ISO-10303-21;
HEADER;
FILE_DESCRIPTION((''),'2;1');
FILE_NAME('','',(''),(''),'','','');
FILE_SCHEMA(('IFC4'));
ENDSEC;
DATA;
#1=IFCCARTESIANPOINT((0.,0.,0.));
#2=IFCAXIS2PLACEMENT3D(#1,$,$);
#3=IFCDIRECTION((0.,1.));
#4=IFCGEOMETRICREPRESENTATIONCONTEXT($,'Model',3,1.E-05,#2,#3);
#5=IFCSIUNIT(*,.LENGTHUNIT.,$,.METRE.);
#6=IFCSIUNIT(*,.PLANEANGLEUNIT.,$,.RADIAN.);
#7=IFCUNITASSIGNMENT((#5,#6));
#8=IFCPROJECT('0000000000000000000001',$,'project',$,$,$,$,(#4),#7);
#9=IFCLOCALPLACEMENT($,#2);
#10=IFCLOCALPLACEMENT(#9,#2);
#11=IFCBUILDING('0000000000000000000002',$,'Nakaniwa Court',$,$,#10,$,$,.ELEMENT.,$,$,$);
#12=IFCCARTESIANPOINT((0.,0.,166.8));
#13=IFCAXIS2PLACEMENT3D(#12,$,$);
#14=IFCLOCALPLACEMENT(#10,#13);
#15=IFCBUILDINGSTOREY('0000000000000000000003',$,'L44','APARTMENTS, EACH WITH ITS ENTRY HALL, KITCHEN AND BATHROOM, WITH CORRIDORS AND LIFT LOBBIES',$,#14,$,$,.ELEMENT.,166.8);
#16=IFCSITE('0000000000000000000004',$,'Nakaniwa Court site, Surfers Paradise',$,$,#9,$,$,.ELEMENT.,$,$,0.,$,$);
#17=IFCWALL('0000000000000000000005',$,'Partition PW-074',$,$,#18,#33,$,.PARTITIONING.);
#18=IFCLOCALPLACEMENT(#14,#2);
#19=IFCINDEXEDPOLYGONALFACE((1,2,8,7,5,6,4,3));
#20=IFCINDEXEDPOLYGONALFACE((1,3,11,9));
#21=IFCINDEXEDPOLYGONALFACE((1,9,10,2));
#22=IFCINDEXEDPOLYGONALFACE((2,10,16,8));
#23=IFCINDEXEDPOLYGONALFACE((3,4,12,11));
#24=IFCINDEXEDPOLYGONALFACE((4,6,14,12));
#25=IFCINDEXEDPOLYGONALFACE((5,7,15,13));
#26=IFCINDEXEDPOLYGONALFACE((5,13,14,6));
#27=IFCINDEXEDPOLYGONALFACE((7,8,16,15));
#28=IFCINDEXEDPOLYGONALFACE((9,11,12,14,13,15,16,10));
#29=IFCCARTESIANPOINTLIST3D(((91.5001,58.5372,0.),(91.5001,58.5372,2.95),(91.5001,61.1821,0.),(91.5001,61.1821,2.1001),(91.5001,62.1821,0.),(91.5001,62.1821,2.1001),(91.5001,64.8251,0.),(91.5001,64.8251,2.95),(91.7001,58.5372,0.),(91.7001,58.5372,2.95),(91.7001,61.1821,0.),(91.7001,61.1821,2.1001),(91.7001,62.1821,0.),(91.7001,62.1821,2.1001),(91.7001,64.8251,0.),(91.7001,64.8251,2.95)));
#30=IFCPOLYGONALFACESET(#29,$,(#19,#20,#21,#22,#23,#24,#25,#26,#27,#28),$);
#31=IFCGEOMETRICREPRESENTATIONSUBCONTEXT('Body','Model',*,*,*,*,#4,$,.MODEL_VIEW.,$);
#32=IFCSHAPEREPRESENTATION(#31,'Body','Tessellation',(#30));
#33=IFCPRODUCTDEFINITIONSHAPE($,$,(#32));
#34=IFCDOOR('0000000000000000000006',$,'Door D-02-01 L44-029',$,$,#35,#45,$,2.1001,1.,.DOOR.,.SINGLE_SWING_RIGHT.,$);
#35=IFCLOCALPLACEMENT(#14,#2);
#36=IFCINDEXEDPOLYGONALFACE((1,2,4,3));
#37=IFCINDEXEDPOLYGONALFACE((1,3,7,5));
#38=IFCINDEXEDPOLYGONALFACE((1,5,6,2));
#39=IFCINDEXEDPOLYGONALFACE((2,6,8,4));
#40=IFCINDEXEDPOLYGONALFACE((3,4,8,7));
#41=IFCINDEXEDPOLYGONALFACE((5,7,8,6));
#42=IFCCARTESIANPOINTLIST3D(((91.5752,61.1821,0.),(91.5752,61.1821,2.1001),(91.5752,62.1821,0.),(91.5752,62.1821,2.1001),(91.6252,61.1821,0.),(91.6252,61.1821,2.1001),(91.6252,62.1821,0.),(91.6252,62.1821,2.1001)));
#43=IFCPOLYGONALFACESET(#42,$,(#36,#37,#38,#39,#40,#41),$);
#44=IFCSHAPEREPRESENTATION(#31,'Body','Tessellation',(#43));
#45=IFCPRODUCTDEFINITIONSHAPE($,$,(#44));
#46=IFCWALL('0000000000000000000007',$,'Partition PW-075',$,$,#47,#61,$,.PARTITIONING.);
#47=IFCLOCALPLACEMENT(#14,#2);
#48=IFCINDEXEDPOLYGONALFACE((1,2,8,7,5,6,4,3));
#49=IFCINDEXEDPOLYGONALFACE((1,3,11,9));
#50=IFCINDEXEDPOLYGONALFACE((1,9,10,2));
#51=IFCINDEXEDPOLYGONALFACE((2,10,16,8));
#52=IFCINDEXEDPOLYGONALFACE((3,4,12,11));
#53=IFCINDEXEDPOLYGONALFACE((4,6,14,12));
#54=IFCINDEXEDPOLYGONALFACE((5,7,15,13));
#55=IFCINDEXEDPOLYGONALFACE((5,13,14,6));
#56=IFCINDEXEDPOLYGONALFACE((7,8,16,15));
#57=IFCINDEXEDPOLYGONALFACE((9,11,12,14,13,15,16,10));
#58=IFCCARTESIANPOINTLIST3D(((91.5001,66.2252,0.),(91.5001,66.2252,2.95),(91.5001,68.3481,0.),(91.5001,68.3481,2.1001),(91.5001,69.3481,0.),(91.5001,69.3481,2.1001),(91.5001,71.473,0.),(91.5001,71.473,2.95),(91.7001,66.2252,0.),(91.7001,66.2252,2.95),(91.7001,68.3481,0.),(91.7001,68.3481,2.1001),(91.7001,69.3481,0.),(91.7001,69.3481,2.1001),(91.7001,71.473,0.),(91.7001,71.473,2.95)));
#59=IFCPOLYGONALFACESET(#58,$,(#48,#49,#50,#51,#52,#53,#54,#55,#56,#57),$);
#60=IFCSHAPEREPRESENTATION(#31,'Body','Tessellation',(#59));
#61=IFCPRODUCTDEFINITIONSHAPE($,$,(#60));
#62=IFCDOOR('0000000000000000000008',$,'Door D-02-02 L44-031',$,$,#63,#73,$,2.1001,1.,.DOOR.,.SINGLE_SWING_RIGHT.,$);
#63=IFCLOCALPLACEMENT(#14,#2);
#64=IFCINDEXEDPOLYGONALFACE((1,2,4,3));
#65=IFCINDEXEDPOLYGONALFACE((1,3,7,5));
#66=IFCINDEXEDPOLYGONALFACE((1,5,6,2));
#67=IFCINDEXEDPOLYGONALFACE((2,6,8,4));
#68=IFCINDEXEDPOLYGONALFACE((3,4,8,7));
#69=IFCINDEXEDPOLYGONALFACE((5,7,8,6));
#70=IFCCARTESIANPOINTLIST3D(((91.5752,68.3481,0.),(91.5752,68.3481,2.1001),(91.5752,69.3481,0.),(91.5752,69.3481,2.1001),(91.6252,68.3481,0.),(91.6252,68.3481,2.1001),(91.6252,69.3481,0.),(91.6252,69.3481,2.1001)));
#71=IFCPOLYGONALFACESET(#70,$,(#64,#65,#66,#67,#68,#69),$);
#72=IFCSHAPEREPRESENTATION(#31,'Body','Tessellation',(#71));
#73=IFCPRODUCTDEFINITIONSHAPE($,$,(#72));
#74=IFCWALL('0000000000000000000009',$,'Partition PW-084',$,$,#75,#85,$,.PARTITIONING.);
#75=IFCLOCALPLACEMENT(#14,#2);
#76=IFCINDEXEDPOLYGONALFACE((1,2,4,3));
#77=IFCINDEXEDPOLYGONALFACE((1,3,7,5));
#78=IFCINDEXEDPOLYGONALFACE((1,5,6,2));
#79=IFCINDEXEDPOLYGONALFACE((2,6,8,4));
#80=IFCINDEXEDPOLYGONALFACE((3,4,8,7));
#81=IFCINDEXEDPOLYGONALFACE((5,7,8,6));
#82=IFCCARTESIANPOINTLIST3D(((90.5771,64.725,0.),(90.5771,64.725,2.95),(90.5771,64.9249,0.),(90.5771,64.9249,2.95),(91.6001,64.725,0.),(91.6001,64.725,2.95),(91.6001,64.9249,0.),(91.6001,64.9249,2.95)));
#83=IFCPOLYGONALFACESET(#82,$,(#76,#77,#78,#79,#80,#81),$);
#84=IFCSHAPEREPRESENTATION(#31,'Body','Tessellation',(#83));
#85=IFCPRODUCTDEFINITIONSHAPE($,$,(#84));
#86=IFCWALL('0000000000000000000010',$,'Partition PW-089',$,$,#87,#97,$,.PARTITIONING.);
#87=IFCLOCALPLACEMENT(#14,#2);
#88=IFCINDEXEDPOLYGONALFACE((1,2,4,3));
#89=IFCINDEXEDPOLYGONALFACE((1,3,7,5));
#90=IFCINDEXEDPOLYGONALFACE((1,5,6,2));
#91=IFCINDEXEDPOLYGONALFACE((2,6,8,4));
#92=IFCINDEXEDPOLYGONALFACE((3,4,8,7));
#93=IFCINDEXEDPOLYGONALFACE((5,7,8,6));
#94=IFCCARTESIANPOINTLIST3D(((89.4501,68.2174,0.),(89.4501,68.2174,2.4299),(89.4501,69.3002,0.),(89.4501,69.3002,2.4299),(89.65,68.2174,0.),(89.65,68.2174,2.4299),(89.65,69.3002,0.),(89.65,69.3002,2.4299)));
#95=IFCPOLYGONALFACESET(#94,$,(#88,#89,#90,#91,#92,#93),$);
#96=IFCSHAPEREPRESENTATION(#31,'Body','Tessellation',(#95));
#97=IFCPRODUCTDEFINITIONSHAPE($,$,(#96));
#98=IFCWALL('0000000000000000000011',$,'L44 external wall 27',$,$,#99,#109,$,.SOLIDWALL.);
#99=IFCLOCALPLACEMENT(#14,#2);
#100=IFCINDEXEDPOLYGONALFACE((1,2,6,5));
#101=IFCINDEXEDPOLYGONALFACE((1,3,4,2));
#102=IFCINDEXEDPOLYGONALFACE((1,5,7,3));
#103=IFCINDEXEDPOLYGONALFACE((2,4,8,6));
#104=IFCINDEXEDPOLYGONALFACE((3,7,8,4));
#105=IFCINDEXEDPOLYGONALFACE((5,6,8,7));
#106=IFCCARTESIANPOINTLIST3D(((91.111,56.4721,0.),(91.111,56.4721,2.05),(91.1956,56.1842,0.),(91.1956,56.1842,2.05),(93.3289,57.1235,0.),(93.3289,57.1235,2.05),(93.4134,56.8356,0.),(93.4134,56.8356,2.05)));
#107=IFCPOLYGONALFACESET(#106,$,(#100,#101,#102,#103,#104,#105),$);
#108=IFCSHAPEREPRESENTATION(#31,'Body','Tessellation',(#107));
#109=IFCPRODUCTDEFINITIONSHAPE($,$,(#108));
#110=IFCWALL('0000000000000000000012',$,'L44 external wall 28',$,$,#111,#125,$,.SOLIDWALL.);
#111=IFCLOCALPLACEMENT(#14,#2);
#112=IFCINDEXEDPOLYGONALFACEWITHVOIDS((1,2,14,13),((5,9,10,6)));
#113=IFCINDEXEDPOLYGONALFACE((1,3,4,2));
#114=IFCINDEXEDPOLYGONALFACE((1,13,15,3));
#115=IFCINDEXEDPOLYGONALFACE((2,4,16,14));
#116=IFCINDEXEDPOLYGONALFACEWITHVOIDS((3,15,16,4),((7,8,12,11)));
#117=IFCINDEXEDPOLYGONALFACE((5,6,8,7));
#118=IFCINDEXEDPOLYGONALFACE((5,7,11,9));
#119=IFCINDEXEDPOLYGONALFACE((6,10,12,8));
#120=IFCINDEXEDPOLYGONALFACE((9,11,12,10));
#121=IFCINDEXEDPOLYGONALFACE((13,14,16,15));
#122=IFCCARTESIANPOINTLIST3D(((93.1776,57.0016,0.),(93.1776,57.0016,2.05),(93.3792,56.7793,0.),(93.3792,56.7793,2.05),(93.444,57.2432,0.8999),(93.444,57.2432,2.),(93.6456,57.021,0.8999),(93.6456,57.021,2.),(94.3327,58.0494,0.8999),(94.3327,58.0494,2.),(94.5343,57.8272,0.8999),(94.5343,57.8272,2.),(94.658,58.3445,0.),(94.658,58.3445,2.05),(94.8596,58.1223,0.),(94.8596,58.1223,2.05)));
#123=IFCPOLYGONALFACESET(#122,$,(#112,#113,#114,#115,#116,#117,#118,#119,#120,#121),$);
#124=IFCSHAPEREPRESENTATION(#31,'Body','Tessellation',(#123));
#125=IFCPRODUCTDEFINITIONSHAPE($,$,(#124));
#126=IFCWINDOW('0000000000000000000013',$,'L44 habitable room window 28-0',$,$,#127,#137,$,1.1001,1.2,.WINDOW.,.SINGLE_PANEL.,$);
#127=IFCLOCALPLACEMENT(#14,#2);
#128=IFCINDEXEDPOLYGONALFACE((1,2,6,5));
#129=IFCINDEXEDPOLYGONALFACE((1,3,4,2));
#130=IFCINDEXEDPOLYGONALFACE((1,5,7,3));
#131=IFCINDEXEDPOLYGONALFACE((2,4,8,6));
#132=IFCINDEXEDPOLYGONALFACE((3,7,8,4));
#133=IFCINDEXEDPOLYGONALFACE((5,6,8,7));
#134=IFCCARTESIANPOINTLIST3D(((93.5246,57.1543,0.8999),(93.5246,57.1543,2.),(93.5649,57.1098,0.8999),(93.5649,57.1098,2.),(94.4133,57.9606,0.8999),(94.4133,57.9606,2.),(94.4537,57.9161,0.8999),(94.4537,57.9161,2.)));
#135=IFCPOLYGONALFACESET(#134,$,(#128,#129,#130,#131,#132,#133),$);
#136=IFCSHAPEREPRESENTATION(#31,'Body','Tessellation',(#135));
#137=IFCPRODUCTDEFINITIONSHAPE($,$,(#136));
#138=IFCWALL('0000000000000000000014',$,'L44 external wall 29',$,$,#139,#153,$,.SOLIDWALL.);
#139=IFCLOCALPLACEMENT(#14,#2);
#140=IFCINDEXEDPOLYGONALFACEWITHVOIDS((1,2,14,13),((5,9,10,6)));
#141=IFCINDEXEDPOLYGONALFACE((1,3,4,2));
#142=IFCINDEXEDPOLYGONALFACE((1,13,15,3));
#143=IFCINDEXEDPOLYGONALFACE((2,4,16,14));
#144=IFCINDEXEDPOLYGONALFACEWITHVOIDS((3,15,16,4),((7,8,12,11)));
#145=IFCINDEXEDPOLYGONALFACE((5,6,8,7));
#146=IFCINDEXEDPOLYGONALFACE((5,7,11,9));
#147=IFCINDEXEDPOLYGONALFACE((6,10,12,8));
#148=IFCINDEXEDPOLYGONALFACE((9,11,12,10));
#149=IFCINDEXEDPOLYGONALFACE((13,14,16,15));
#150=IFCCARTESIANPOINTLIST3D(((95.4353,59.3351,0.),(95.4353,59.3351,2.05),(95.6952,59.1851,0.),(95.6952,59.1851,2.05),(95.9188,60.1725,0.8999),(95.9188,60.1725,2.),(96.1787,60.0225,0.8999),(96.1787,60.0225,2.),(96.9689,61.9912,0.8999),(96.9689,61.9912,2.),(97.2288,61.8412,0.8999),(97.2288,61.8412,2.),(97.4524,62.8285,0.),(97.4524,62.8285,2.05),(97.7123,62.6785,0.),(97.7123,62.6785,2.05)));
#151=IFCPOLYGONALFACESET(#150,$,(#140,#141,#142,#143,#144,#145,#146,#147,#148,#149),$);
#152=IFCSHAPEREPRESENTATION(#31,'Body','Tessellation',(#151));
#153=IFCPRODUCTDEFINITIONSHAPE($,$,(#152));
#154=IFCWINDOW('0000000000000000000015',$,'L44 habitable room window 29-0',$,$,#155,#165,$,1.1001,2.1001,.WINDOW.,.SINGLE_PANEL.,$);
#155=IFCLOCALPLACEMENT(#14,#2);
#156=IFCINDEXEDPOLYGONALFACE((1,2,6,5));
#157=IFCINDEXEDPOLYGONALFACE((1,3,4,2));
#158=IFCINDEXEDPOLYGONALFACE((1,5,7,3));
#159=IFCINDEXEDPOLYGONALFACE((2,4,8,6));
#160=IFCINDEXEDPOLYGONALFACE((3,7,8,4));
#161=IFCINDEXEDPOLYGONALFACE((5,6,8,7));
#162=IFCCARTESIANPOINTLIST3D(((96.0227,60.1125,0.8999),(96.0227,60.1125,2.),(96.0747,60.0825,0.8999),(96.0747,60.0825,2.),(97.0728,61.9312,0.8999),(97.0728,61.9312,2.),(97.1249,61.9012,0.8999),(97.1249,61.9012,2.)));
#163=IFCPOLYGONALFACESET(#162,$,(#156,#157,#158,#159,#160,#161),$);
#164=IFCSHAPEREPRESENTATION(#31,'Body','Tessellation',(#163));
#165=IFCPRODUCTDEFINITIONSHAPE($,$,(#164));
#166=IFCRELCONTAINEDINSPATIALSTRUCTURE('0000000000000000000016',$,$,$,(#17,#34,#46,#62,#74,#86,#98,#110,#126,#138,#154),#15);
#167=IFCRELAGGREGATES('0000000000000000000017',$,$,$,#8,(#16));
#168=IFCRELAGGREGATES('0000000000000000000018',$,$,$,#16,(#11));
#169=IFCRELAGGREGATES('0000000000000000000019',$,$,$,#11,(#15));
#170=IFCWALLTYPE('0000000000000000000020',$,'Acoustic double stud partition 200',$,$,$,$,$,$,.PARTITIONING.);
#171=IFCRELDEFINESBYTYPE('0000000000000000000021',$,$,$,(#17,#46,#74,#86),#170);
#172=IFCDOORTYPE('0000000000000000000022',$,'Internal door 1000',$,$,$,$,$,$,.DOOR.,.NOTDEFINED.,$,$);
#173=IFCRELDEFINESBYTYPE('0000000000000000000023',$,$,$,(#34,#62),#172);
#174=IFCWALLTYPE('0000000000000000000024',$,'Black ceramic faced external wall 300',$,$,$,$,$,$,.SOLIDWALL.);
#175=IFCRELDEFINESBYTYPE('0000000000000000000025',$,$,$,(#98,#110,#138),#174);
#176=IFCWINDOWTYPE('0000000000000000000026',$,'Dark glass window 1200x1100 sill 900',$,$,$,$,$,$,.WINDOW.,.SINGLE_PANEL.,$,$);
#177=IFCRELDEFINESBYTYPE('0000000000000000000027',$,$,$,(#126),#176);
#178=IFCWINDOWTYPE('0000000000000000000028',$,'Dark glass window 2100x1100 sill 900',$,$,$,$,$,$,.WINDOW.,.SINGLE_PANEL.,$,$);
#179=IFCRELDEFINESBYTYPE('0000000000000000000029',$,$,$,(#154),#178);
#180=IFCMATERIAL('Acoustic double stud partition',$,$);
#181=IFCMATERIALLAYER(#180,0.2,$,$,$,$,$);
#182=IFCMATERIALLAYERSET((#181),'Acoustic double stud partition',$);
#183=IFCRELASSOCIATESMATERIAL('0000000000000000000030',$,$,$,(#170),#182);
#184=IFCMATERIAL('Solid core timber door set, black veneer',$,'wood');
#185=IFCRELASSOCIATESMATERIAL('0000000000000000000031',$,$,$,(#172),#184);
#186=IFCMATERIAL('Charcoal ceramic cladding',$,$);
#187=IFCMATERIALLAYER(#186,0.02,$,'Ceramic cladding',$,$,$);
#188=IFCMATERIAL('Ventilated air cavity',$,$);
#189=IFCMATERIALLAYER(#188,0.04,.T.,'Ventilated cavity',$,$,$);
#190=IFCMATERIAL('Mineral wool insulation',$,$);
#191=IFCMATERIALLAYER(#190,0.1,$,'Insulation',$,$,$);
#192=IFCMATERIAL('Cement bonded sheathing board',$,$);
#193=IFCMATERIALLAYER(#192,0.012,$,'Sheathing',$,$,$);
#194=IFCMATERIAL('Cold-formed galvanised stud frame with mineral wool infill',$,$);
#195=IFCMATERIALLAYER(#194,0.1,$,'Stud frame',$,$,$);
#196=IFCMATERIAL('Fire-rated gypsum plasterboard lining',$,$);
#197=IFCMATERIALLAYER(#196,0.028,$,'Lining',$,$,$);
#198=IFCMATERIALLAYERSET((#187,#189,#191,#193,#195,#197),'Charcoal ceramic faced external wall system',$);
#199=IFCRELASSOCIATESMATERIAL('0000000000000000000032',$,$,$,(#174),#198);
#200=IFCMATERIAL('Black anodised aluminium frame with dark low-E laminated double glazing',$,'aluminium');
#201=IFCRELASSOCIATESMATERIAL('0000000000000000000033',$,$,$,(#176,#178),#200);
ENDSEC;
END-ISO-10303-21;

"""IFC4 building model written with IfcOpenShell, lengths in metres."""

from ifc_helpers import new_model, si_unit, direction, frame, frame_2d, origin, place, context, subcontext, project, spatial, rectangle, extrude, material, layer, layer_set, type_object, element, fill, save


model = new_model("IFC4")

# Units and contexts
model_context = context("Model", 3, precision=1e-05, world=origin(), true_north=direction((0.0, 1.0)))
body_context = subcontext(model_context, "Body", "Model", "MODEL_VIEW")
ifc_project = project(units=[si_unit("LENGTHUNIT", "METRE"), si_unit("PLANEANGLEUNIT", "RADIAN")], contexts=[model_context])

# Site, building, storey
site_placement = place(None, origin())
site = spatial("IfcSite", under=ifc_project, at=site_placement, Name="Nakaniwa Court site, Surfers Paradise", CompositionType="ELEMENT", RefElevation=0.0)
building_placement = place(site_placement, origin())
building = spatial("IfcBuilding", under=site, at=building_placement, Name="Nakaniwa Court", CompositionType="ELEMENT")
storey_placement = place(building_placement, frame((0.0, 0.0, 166.8)))
storey = spatial("IfcBuildingStorey", under=building, at=storey_placement, Name="L44", Description="APARTMENTS, EACH WITH ITS ENTRY HALL, KITCHEN AND BATHROOM, WITH CORRIDORS AND LIFT LOBBIES", CompositionType="ELEMENT", Elevation=166.8)

# Shared definitions
ifc_material_1 = material(Name="Acoustic double stud partition")
ifc_layer_1 = layer(ifc_material_1, 0.2)
ifc_layer_set_1 = layer_set([ifc_layer_1], Name="Acoustic double stud partition")
wall_type_1 = type_object("IfcWallType", Name="Acoustic double stud partition 200", PredefinedType="PARTITIONING", material=ifc_layer_set_1)

# Walls, openings, doors
wall_1_placement = place(storey_placement, frame((91.6001, 58.5371, 0.0), z_axis=(0.0, 0.0, 1.0), x_axis=(0.0, 1.0, 0.0)))
wall_1 = element("IfcWall", 1, at=wall_1_placement, inside=storey, type_object=wall_type_1, Name="Partition PW-074", PredefinedType="PARTITIONING", context=body_context, shape_type="SweptSolid", body=[
    extrude(rectangle(XDim=6.2878, YDim=0.2, at=frame_2d((3.144, 0.0))), origin(), (0.0, 0.0, 1.0), 2.95),
])
opening_1_placement = place(wall_1_placement, frame((2.645, 0.0, 0.0)))
opening_1 = element("IfcOpeningElement", 2, at=opening_1_placement, cuts=wall_1, PredefinedType="OPENING", context=body_context, shape_type="SweptSolid", body=[
    extrude(rectangle(XDim=1.0, YDim=2.1001, at=frame_2d((0.5, 1.05))), frame((0.0, 0.1099, 0.0), z_axis=(0.0, -1.0, 0.0), x_axis=(1.0, 0.0, 0.0)), (0.0, 0.0, 1.0), 0.22),
])
ifc_material_2 = material(Name="Solid core timber door set, black veneer", Category="wood")
door_type = type_object("IfcDoorType", Name="Internal door 1000", OperationType="NOTDEFINED", PredefinedType="DOOR", material=ifc_material_2)
door_1_placement = place(opening_1_placement, origin())
door_1 = element("IfcDoor", 3, at=door_1_placement, inside=storey, type_object=door_type, Name="Door D-02-01 L44-029", OperationType="SINGLE_SWING_RIGHT", OverallHeight=2.1001, OverallWidth=1.0, PredefinedType="DOOR", context=body_context, shape_type="SweptSolid", body=[
    extrude(rectangle(XDim=1.0, YDim=2.1001, at=frame_2d((0.5, 1.05))), frame((0.0, 0.0249, 0.0), z_axis=(0.0, -1.0, 0.0), x_axis=(1.0, 0.0, 0.0)), (0.0, 0.0, 1.0), 0.05),
])
fill(opening_1, door_1)
wall_2_placement = place(storey_placement, frame((91.6001, 66.2251, 0.0), z_axis=(0.0, 0.0, 1.0), x_axis=(0.0, 1.0, 0.0)))
wall_2 = element("IfcWall", 4, at=wall_2_placement, inside=storey, type_object=wall_type_1, Name="Partition PW-075", PredefinedType="PARTITIONING", context=body_context, shape_type="SweptSolid", body=[
    extrude(rectangle(XDim=5.2478, YDim=0.2, at=frame_2d((2.624, 0.0))), origin(), (0.0, 0.0, 1.0), 2.95),
])
opening_2_placement = place(wall_2_placement, frame((2.123, 0.0, 0.0)))
opening_2 = element("IfcOpeningElement", 5, at=opening_2_placement, cuts=wall_2, PredefinedType="OPENING", context=body_context, shape_type="SweptSolid", body=[
    extrude(rectangle(XDim=1.0, YDim=2.1001, at=frame_2d((0.5, 1.05))), frame((0.0, 0.1099, 0.0), z_axis=(0.0, -1.0, 0.0), x_axis=(1.0, 0.0, 0.0)), (0.0, 0.0, 1.0), 0.22),
])
door_2_placement = place(opening_2_placement, origin())
door_2 = element("IfcDoor", 6, at=door_2_placement, inside=storey, type_object=door_type, Name="Door D-02-02 L44-031", OperationType="SINGLE_SWING_RIGHT", OverallHeight=2.1001, OverallWidth=1.0, PredefinedType="DOOR", context=body_context, shape_type="SweptSolid", body=[
    extrude(rectangle(XDim=1.0, YDim=2.1001, at=frame_2d((0.5, 1.05))), frame((0.0, 0.0249, 0.0), z_axis=(0.0, -1.0, 0.0), x_axis=(1.0, 0.0, 0.0)), (0.0, 0.0, 1.0), 0.05),
])
fill(opening_2, door_2)

# Walls
wall_3_placement = place(storey_placement, frame((90.5771, 64.825, 0.0), z_axis=(0.0, 0.0, 1.0), x_axis=(1.0, 0.0, 0.0)))
element("IfcWall", 7, at=wall_3_placement, inside=storey, type_object=wall_type_1, Name="Partition PW-084", PredefinedType="PARTITIONING", context=body_context, shape_type="SweptSolid", body=[
    extrude(rectangle(XDim=1.0229, YDim=0.2, at=frame_2d((0.5115, 0.0))), origin(), (0.0, 0.0, 1.0), 2.95),
])
wall_4_placement = place(storey_placement, frame((89.55, 68.2173, 0.0), z_axis=(0.0, 0.0, 1.0), x_axis=(0.0, 1.0, 0.0)))
element("IfcWall", 8, at=wall_4_placement, inside=storey, type_object=wall_type_1, Name="Partition PW-089", PredefinedType="PARTITIONING", context=body_context, shape_type="SweptSolid", body=[
    extrude(rectangle(XDim=1.0828, YDim=0.2, at=frame_2d((0.5415, 0.0))), origin(), (0.0, 0.0, 1.0), 2.4299),
])
ifc_material_3 = material(Name="Charcoal ceramic cladding")
ifc_layer_2 = layer(ifc_material_3, 0.02, Name="Ceramic cladding")
ifc_material_4 = material(Name="Ventilated air cavity")
ifc_layer_3 = layer(ifc_material_4, 0.04, ventilated=True, Name="Ventilated cavity")
ifc_material_5 = material(Name="Mineral wool insulation")
ifc_layer_4 = layer(ifc_material_5, 0.1, Name="Insulation")
ifc_material_6 = material(Name="Cement bonded sheathing board")
ifc_layer_5 = layer(ifc_material_6, 0.012, Name="Sheathing")
ifc_material_7 = material(Name="Cold-formed galvanised stud frame with mineral wool infill")
ifc_layer_6 = layer(ifc_material_7, 0.1, Name="Stud frame")
ifc_material_8 = material(Name="Fire-rated gypsum plasterboard lining")
ifc_layer_7 = layer(ifc_material_8, 0.028, Name="Lining")
ifc_layer_set_2 = layer_set([ifc_layer_2, ifc_layer_3, ifc_layer_4, ifc_layer_5, ifc_layer_6, ifc_layer_7], Name="Charcoal ceramic faced external wall system")
wall_type_2 = type_object("IfcWallType", Name="Black ceramic faced external wall 300", PredefinedType="SOLIDWALL", material=ifc_layer_set_2)
wall_5_placement = place(storey_placement, frame((91.1533, 56.3281, 0.0), z_axis=(0.0, 0.0, 1.0), x_axis=(0.959473, 0.2818, 0.0)))
element("IfcWall", 9, at=wall_5_placement, inside=storey, type_object=wall_type_2, Name="L44 external wall 27", PredefinedType="SOLIDWALL", context=body_context, shape_type="SweptSolid", body=[
    extrude(rectangle(XDim=2.3115, YDim=0.3, at=frame_2d((1.1558, 0.0))), origin(), (0.0, 0.0, 1.0), 2.05),
])

# Walls, openings, windows
wall_6_placement = place(storey_placement, frame((93.2783, 56.8904, 0.0), z_axis=(0.0, 0.0, 1.0), x_axis=(0.740653, 0.671888, 0.0)))
wall_6 = element("IfcWall", 10, at=wall_6_placement, inside=storey, type_object=wall_type_2, Name="L44 external wall 28", PredefinedType="SOLIDWALL", context=body_context, shape_type="SweptSolid", body=[
    extrude(rectangle(XDim=1.9988, YDim=0.3, at=frame_2d((0.9995, 0.0))), origin(), (0.0, 0.0, 1.0), 2.05),
])
opening_3_placement = place(wall_6_placement, frame((0.3596, 0.0, 0.8999)))
opening_3 = element("IfcOpeningElement", 11, at=opening_3_placement, cuts=wall_6, PredefinedType="OPENING", context=body_context, shape_type="SweptSolid", body=[
    extrude(rectangle(XDim=1.2, YDim=1.1001, at=frame_2d((0.6001, 0.55))), frame((0.0, 0.1599, 0.0), z_axis=(0.0, -1.0, 0.0), x_axis=(1.0, 0.0, 0.0)), (0.0, 0.0, 1.0), 0.3201),
])
ifc_material_9 = material(Name="Black anodised aluminium frame with dark low-E laminated double glazing", Category="aluminium")
window_type_1 = type_object("IfcWindowType", Name="Dark glass window 1200x1100 sill 900", PartitioningType="SINGLE_PANEL", PredefinedType="WINDOW", material=ifc_material_9)
window_1_placement = place(opening_3_placement, origin())
window_1 = element("IfcWindow", 12, at=window_1_placement, inside=storey, type_object=window_type_1, Name="L44 habitable room window 28-0", OverallHeight=1.1001, OverallWidth=1.2, PartitioningType="SINGLE_PANEL", PredefinedType="WINDOW", context=body_context, shape_type="SweptSolid", body=[
    extrude(rectangle(XDim=1.2, YDim=1.1001, at=frame_2d((0.6001, 0.55))), frame((0.0, 0.03, 0.0), z_axis=(0.0, -1.0, 0.0), x_axis=(1.0, 0.0, 0.0)), (0.0, 0.0, 1.0), 0.0601),
])
fill(opening_3, window_1)
wall_7_placement = place(storey_placement, frame((95.5652, 59.26, 0.0), z_axis=(0.0, 0.0, 1.0), x_axis=(0.500032, 0.866007, 0.0)))
wall_7 = element("IfcWall", 13, at=wall_7_placement, inside=storey, type_object=wall_type_2, Name="L44 external wall 29", PredefinedType="SOLIDWALL", context=body_context, shape_type="SweptSolid", body=[
    extrude(rectangle(XDim=4.0339, YDim=0.3, at=frame_2d((2.0171, 0.0))), origin(), (0.0, 0.0, 1.0), 2.05),
])
opening_4_placement = place(wall_7_placement, frame((0.967, 0.0, 0.8999)))
opening_4 = element("IfcOpeningElement", 14, at=opening_4_placement, cuts=wall_7, PredefinedType="OPENING", context=body_context, shape_type="SweptSolid", body=[
    extrude(rectangle(XDim=2.1001, YDim=1.1001, at=frame_2d((1.05, 0.55))), frame((0.0, 0.1599, 0.0), z_axis=(0.0, -1.0, 0.0), x_axis=(1.0, 0.0, 0.0)), (0.0, 0.0, 1.0), 0.3201),
])
window_type_2 = type_object("IfcWindowType", Name="Dark glass window 2100x1100 sill 900", PartitioningType="SINGLE_PANEL", PredefinedType="WINDOW", material=ifc_material_9)
window_2_placement = place(opening_4_placement, origin())
window_2 = element("IfcWindow", 15, at=window_2_placement, inside=storey, type_object=window_type_2, Name="L44 habitable room window 29-0", OverallHeight=1.1001, OverallWidth=2.1001, PartitioningType="SINGLE_PANEL", PredefinedType="WINDOW", context=body_context, shape_type="SweptSolid", body=[
    extrude(rectangle(XDim=2.1001, YDim=1.1001, at=frame_2d((1.05, 0.55))), frame((0.0, 0.03, 0.0), z_axis=(0.0, -1.0, 0.0), x_axis=(1.0, 0.0, 0.0)), (0.0, 0.0, 1.0), 0.0601),
])
fill(opening_4, window_2)

save(model, "model.ifc")
